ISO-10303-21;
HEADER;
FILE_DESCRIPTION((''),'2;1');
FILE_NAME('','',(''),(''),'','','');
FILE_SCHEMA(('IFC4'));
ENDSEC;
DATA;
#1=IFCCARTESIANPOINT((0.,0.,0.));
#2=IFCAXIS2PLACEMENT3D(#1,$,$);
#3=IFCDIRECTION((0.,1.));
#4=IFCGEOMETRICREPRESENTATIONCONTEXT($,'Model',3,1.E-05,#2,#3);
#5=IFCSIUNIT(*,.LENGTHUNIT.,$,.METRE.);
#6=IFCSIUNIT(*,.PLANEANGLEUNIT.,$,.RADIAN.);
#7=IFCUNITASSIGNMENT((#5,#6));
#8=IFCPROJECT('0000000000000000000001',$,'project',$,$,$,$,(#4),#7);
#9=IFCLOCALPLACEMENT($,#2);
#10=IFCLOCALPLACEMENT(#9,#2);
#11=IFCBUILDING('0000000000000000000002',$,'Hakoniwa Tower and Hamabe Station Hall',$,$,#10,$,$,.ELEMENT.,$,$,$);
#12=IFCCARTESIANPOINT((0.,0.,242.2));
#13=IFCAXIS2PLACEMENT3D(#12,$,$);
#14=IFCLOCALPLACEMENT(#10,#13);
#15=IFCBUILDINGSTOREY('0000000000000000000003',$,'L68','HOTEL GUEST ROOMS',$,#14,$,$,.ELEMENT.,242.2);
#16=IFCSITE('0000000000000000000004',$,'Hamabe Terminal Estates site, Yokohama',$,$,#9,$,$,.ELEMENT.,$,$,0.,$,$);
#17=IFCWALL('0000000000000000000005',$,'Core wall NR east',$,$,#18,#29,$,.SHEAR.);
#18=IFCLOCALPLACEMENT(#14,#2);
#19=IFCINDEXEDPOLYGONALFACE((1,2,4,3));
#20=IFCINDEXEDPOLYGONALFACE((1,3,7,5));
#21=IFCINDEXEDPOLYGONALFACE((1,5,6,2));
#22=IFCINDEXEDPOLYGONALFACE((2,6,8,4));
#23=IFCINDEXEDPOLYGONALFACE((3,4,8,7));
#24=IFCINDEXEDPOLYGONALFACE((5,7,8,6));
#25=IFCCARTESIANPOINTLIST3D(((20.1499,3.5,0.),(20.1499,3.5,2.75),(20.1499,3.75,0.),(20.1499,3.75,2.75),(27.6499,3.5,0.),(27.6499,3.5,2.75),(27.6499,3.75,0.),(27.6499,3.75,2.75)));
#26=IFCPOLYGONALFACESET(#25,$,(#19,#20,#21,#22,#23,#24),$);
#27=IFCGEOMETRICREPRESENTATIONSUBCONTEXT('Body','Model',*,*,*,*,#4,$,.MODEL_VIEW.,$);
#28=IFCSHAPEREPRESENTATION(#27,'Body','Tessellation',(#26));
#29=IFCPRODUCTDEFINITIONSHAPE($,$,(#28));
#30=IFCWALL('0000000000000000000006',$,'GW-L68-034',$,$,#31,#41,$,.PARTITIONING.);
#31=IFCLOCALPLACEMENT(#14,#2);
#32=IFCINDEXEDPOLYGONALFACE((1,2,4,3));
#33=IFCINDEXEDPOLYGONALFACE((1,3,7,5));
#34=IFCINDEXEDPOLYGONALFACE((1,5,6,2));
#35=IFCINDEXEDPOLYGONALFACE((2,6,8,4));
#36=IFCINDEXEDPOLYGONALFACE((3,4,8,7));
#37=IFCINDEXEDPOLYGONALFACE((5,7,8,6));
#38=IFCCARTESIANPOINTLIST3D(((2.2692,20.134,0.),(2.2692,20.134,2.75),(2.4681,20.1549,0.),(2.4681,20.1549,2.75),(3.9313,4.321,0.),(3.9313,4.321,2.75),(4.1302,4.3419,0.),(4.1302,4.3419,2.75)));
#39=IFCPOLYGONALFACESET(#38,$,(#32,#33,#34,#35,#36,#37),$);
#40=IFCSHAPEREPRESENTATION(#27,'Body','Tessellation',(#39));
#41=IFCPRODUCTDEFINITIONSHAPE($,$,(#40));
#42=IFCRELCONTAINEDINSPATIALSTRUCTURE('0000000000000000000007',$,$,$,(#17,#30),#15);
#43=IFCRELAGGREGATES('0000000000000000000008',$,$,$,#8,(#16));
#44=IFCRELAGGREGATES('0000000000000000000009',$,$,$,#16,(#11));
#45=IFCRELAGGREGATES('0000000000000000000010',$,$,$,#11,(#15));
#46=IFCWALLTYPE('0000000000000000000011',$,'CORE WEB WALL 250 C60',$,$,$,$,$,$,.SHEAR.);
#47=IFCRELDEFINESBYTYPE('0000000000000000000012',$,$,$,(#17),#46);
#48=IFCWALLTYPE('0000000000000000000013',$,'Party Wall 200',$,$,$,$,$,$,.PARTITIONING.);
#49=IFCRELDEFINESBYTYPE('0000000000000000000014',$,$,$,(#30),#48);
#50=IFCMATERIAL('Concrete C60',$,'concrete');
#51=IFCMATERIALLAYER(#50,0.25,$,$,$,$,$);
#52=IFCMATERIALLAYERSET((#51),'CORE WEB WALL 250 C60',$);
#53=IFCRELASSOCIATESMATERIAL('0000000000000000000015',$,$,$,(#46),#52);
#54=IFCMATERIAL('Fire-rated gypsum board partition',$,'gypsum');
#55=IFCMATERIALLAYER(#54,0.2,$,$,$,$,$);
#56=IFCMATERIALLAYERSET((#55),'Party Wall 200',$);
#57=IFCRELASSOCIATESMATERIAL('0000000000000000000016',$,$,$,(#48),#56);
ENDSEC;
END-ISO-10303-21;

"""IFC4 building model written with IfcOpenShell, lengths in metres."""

from ifc_helpers import new_model, si_unit, direction, frame, frame_2d, origin, place, context, subcontext, project, spatial, rectangle, extrude, material, layer, layer_set, type_object, element, save


model = new_model("IFC4")

# Units and contexts
model_context = context("Model", 3, precision=1e-05, world=origin(), true_north=direction((0.0, 1.0)))
body_context = subcontext(model_context, "Body", "Model", "MODEL_VIEW")
ifc_project = project(units=[si_unit("LENGTHUNIT", "METRE"), si_unit("PLANEANGLEUNIT", "RADIAN")], contexts=[model_context])

# Site, building, storey
site_placement = place(None, origin())
site = spatial("IfcSite", under=ifc_project, at=site_placement, Name="Hamabe Terminal Estates site, Yokohama", CompositionType="ELEMENT", RefElevation=0.0)
building_placement = place(site_placement, origin())
building = spatial("IfcBuilding", under=site, at=building_placement, Name="Hakoniwa Tower and Hamabe Station Hall", CompositionType="ELEMENT")
storey_placement = place(building_placement, frame((0.0, 0.0, 242.2)))
storey = spatial("IfcBuildingStorey", under=building, at=storey_placement, Name="L68", Description="HOTEL GUEST ROOMS", CompositionType="ELEMENT", Elevation=242.2)

# Shared definitions
ifc_material_1 = material(Name="Concrete C60", Category="concrete")
ifc_layer_1 = layer(ifc_material_1, 0.25)
ifc_layer_set_1 = layer_set([ifc_layer_1], Name="CORE WEB WALL 250 C60")
wall_type_1 = type_object("IfcWallType", Name="CORE WEB WALL 250 C60", PredefinedType="SHEAR", material=ifc_layer_set_1)

# Walls
wall_1_placement = place(storey_placement, frame((20.1499, 3.625, 0.0), z_axis=(0.0, 0.0, 1.0), x_axis=(1.0, 0.0, 0.0)))
element("IfcWall", 1, at=wall_1_placement, inside=storey, type_object=wall_type_1, Name="Core wall NR east", PredefinedType="SHEAR", context=body_context, shape_type="SweptSolid", body=[
    extrude(rectangle(XDim=7.5, YDim=0.25, at=frame_2d((3.75, 0.0))), origin(), (0.0, 0.0, 1.0), 2.75),
])
ifc_material_2 = material(Name="Fire-rated gypsum board partition", Category="gypsum")
ifc_layer_2 = layer(ifc_material_2, 0.2)
ifc_layer_set_2 = layer_set([ifc_layer_2], Name="Party Wall 200")
wall_type_2 = type_object("IfcWallType", Name="Party Wall 200", PredefinedType="PARTITIONING", material=ifc_layer_set_2)
wall_2_placement = place(storey_placement, frame((4.0308, 4.3313, 0.0), z_axis=(0.0, 0.0, 1.0), x_axis=(-0.104535, 0.994521, 0.0)))
element("IfcWall", 2, at=wall_2_placement, inside=storey, type_object=wall_type_2, Name="GW-L68-034", PredefinedType="PARTITIONING", context=body_context, shape_type="SweptSolid", body=[
    extrude(rectangle(XDim=15.9001, YDim=0.2, at=frame_2d((7.9502, 0.0))), origin(), (0.0, 0.0, 1.0), 2.75),
])

save(model, "model.ifc")
